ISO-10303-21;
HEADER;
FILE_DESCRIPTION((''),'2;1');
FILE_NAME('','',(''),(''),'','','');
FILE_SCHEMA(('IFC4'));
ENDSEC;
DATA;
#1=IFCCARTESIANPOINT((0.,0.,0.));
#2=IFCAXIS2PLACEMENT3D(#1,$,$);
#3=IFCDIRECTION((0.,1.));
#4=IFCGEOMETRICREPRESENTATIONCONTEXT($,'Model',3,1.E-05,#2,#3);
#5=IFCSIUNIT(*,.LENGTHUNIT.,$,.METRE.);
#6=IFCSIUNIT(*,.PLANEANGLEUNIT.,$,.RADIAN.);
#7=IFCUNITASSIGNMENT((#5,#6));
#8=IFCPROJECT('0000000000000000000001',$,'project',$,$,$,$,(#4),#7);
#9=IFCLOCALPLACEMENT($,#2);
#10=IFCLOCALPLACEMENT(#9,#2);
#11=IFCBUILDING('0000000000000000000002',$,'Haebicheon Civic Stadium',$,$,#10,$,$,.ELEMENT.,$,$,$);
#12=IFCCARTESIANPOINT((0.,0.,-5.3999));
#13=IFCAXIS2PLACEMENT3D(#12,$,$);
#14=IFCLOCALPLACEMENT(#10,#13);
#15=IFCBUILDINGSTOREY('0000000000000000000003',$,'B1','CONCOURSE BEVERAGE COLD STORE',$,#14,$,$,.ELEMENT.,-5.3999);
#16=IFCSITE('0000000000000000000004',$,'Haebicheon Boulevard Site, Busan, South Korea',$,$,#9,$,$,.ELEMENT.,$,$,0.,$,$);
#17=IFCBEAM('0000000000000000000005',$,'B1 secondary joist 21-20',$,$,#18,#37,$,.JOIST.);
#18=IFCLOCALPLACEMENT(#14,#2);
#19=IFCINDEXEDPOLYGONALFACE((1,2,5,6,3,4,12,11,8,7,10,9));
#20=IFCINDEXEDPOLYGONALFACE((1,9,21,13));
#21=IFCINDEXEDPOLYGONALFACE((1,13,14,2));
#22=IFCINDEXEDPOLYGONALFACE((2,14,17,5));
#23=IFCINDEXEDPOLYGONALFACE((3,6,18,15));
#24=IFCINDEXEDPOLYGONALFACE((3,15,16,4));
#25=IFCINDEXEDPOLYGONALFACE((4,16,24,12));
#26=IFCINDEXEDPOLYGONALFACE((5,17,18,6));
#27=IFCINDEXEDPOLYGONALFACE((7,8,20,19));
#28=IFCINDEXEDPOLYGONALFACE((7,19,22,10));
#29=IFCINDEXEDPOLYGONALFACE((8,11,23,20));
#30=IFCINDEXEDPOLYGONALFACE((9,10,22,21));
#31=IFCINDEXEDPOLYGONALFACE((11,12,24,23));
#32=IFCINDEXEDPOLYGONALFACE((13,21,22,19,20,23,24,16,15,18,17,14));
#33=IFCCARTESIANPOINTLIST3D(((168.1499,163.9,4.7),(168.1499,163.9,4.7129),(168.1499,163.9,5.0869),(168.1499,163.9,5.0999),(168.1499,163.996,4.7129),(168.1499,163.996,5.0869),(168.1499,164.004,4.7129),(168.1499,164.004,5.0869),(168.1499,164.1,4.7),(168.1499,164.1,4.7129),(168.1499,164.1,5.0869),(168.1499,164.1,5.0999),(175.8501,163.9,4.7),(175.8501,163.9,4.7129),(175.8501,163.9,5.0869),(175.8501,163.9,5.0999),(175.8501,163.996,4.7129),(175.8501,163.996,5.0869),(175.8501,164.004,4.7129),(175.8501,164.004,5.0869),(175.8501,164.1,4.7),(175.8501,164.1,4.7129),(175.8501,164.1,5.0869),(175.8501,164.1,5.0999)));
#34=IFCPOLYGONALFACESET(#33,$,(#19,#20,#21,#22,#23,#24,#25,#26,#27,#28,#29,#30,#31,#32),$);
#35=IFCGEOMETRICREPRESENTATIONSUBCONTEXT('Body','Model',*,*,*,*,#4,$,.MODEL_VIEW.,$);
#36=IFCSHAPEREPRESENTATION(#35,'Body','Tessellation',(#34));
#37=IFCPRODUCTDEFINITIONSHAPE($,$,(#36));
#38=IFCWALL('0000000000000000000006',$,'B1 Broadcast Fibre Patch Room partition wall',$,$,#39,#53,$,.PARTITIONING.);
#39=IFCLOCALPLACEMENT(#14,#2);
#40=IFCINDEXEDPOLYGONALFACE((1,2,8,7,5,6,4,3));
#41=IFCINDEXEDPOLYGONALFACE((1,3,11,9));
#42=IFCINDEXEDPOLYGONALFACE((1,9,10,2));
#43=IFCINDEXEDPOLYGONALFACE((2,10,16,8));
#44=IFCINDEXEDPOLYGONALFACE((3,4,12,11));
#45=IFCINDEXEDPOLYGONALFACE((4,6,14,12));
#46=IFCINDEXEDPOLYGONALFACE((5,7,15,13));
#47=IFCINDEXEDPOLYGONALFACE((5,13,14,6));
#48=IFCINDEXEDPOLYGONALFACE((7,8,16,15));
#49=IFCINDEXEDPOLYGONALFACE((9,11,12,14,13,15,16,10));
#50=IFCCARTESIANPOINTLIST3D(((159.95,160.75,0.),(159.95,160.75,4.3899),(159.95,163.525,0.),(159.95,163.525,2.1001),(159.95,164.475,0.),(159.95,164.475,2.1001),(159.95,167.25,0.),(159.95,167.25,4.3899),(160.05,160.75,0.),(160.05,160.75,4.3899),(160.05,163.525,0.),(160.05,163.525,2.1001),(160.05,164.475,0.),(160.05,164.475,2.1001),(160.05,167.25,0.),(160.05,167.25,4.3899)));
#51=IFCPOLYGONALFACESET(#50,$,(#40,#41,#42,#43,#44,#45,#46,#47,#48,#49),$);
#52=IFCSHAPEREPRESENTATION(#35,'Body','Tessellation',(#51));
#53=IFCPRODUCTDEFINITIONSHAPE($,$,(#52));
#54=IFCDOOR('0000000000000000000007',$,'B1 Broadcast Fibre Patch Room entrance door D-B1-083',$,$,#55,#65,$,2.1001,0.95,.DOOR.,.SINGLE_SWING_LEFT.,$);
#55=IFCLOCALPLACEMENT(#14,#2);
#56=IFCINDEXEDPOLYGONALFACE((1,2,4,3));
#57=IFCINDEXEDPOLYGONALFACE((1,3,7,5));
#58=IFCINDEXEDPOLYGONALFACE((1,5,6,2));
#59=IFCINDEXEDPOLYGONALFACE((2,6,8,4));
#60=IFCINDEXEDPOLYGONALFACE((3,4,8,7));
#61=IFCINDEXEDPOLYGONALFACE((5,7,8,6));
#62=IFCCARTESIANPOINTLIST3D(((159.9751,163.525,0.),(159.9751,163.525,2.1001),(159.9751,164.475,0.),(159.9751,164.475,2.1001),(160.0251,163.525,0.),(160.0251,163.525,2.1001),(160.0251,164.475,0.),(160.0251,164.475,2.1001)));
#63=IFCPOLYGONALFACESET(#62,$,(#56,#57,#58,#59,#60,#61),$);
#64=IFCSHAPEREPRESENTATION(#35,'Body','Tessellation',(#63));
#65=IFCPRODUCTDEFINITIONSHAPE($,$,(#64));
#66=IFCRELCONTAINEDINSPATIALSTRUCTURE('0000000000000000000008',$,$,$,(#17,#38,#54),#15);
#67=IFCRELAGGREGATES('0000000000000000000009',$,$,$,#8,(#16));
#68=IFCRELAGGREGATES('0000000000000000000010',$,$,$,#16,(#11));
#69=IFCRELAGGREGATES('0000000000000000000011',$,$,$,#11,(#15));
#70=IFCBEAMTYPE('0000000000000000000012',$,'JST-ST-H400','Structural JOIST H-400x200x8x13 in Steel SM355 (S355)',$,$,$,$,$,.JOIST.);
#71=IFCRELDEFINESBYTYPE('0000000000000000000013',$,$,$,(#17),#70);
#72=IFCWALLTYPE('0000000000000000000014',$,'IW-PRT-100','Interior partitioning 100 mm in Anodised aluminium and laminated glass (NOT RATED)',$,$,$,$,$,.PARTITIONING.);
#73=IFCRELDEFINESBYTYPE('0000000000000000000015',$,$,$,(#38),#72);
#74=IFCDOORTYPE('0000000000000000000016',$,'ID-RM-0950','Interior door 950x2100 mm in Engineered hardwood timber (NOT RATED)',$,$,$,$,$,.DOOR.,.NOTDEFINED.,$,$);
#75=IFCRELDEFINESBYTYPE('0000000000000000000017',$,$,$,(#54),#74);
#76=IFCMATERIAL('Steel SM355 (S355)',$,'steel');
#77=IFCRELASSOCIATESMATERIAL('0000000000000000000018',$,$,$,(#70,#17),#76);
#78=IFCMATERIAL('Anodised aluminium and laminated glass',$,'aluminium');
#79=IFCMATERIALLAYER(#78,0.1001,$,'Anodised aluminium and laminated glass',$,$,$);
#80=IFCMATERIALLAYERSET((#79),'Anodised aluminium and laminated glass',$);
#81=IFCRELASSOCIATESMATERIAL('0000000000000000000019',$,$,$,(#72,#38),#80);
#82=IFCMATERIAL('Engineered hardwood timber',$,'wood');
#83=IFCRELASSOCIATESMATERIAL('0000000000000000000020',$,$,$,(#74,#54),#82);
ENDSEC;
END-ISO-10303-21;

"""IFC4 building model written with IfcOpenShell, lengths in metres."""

from ifc_helpers import new_model, si_unit, direction, frame, frame_2d, origin, origin_2d, place, context, subcontext, project, spatial, rectangle, i_section, extrude, material, layer, layer_set, material_profile, profile_set, type_object, element, fill, save


model = new_model("IFC4")

# Units and contexts
model_context = context("Model", 3, precision=1e-05, world=origin(), true_north=direction((0.0, 1.0)))
body_context = subcontext(model_context, "Body", "Model", "MODEL_VIEW")
ifc_project = project(units=[si_unit("LENGTHUNIT", "METRE"), si_unit("PLANEANGLEUNIT", "RADIAN")], contexts=[model_context])

# Site, building, storey
site_placement = place(None, origin())
site = spatial("IfcSite", under=ifc_project, at=site_placement, Name="Haebicheon Boulevard Site, Busan, South Korea", CompositionType="ELEMENT", RefElevation=0.0)
building_placement = place(site_placement, origin())
building = spatial("IfcBuilding", under=site, at=building_placement, Name="Haebicheon Civic Stadium", CompositionType="ELEMENT")
storey_placement = place(building_placement, frame((0.0, 0.0, -5.3999)))
storey = spatial("IfcBuildingStorey", under=building, at=storey_placement, Name="B1", Description="CONCOURSE BEVERAGE COLD STORE", CompositionType="ELEMENT", Elevation=-5.3999)

# Beam
ifc_material_1 = material(Name="Steel SM355 (S355)", Category="steel")
ifc_material_profile_1 = material_profile(ifc_material_1, i_section(OverallWidth=0.2, OverallDepth=0.3999, WebThickness=0.0081, FlangeThickness=0.0129, at=origin_2d()), Name="H-400x200x8x13")
ifc_profile_set_1 = profile_set([ifc_material_profile_1], Name="Steel SM355 (S355)")
beam_type_1 = type_object("IfcBeamType", Name="JST-ST-H400", Description="Structural JOIST H-400x200x8x13 in Steel SM355 (S355)", PredefinedType="JOIST", material=ifc_profile_set_1)
for number, where, z_axis, x_axis, name in (
    (1, (168.1499, 164.0, 4.8999), (1.0, 0.0, 0.0), (0.0, 1.0, 0.0), "B1 secondary joist 21-20"),
):
    element("IfcBeam", number, at=place(storey_placement, frame(where, z_axis=z_axis, x_axis=x_axis)), inside=storey, type_object=beam_type_1, material=ifc_profile_set_1, Name=name, PredefinedType="JOIST", context=body_context, shape_type="SweptSolid", body=[
        extrude(i_section(OverallWidth=0.2, OverallDepth=0.3999, WebThickness=0.0081, FlangeThickness=0.0129, at=origin_2d()), origin(), (0.0, 0.0, 1.0), 7.7002),
    ])

# Wall, opening, door
ifc_material_2 = material(Name="Anodised aluminium and laminated glass", Category="aluminium")
ifc_layer_1 = layer(ifc_material_2, 0.1001, Name="Anodised aluminium and laminated glass")
ifc_layer_set_1 = layer_set([ifc_layer_1], Name="Anodised aluminium and laminated glass")
wall_type = type_object("IfcWallType", Name="IW-PRT-100", Description="Interior partitioning 100 mm in Anodised aluminium and laminated glass (NOT RATED)", PredefinedType="PARTITIONING", material=ifc_layer_set_1)
wall_placement = place(storey_placement, frame((160.0, 160.75, 0.0), z_axis=(0.0, 0.0, 1.0), x_axis=(0.0, 1.0, 0.0)))
wall = element("IfcWall", 2, at=wall_placement, inside=storey, type_object=wall_type, material=ifc_layer_set_1, Name="B1 Broadcast Fibre Patch Room partition wall", PredefinedType="PARTITIONING", context=body_context, shape_type="SweptSolid", body=[
    extrude(rectangle(XDim=6.5, YDim=0.1001, at=frame_2d((3.25, 0.0))), origin(), (0.0, 0.0, 1.0), 4.3899),
])
opening_placement = place(wall_placement, frame((2.7749, 0.0, 0.0)))
opening = element("IfcOpeningElement", 3, at=opening_placement, cuts=wall, PredefinedType="OPENING", context=body_context, shape_type="SweptSolid", body=[
    extrude(rectangle(XDim=0.95, YDim=2.1001, at=frame_2d((0.4751, 1.05))), frame((0.0, 0.0601, 0.0), z_axis=(0.0, -1.0, 0.0), x_axis=(1.0, 0.0, 0.0)), (0.0, 0.0, 1.0), 0.1201),
])
ifc_material_3 = material(Name="Engineered hardwood timber", Category="wood")
door_type = type_object("IfcDoorType", Name="ID-RM-0950", Description="Interior door 950x2100 mm in Engineered hardwood timber (NOT RATED)", OperationType="NOTDEFINED", PredefinedType="DOOR", material=ifc_material_3)
door_placement = place(opening_placement, origin())
door = element("IfcDoor", 4, at=door_placement, inside=storey, type_object=door_type, material=ifc_material_3, Name="B1 Broadcast Fibre Patch Room entrance door D-B1-083", OperationType="SINGLE_SWING_LEFT", OverallHeight=2.1001, OverallWidth=0.95, PredefinedType="DOOR", context=body_context, shape_type="SweptSolid", body=[
    extrude(rectangle(XDim=0.95, YDim=2.1001, at=frame_2d((0.4751, 1.05))), frame((0.0, 0.0249, 0.0), z_axis=(0.0, -1.0, 0.0), x_axis=(1.0, 0.0, 0.0)), (0.0, 0.0, 1.0), 0.05),
])
fill(opening, door)

save(model, "model.ifc")
